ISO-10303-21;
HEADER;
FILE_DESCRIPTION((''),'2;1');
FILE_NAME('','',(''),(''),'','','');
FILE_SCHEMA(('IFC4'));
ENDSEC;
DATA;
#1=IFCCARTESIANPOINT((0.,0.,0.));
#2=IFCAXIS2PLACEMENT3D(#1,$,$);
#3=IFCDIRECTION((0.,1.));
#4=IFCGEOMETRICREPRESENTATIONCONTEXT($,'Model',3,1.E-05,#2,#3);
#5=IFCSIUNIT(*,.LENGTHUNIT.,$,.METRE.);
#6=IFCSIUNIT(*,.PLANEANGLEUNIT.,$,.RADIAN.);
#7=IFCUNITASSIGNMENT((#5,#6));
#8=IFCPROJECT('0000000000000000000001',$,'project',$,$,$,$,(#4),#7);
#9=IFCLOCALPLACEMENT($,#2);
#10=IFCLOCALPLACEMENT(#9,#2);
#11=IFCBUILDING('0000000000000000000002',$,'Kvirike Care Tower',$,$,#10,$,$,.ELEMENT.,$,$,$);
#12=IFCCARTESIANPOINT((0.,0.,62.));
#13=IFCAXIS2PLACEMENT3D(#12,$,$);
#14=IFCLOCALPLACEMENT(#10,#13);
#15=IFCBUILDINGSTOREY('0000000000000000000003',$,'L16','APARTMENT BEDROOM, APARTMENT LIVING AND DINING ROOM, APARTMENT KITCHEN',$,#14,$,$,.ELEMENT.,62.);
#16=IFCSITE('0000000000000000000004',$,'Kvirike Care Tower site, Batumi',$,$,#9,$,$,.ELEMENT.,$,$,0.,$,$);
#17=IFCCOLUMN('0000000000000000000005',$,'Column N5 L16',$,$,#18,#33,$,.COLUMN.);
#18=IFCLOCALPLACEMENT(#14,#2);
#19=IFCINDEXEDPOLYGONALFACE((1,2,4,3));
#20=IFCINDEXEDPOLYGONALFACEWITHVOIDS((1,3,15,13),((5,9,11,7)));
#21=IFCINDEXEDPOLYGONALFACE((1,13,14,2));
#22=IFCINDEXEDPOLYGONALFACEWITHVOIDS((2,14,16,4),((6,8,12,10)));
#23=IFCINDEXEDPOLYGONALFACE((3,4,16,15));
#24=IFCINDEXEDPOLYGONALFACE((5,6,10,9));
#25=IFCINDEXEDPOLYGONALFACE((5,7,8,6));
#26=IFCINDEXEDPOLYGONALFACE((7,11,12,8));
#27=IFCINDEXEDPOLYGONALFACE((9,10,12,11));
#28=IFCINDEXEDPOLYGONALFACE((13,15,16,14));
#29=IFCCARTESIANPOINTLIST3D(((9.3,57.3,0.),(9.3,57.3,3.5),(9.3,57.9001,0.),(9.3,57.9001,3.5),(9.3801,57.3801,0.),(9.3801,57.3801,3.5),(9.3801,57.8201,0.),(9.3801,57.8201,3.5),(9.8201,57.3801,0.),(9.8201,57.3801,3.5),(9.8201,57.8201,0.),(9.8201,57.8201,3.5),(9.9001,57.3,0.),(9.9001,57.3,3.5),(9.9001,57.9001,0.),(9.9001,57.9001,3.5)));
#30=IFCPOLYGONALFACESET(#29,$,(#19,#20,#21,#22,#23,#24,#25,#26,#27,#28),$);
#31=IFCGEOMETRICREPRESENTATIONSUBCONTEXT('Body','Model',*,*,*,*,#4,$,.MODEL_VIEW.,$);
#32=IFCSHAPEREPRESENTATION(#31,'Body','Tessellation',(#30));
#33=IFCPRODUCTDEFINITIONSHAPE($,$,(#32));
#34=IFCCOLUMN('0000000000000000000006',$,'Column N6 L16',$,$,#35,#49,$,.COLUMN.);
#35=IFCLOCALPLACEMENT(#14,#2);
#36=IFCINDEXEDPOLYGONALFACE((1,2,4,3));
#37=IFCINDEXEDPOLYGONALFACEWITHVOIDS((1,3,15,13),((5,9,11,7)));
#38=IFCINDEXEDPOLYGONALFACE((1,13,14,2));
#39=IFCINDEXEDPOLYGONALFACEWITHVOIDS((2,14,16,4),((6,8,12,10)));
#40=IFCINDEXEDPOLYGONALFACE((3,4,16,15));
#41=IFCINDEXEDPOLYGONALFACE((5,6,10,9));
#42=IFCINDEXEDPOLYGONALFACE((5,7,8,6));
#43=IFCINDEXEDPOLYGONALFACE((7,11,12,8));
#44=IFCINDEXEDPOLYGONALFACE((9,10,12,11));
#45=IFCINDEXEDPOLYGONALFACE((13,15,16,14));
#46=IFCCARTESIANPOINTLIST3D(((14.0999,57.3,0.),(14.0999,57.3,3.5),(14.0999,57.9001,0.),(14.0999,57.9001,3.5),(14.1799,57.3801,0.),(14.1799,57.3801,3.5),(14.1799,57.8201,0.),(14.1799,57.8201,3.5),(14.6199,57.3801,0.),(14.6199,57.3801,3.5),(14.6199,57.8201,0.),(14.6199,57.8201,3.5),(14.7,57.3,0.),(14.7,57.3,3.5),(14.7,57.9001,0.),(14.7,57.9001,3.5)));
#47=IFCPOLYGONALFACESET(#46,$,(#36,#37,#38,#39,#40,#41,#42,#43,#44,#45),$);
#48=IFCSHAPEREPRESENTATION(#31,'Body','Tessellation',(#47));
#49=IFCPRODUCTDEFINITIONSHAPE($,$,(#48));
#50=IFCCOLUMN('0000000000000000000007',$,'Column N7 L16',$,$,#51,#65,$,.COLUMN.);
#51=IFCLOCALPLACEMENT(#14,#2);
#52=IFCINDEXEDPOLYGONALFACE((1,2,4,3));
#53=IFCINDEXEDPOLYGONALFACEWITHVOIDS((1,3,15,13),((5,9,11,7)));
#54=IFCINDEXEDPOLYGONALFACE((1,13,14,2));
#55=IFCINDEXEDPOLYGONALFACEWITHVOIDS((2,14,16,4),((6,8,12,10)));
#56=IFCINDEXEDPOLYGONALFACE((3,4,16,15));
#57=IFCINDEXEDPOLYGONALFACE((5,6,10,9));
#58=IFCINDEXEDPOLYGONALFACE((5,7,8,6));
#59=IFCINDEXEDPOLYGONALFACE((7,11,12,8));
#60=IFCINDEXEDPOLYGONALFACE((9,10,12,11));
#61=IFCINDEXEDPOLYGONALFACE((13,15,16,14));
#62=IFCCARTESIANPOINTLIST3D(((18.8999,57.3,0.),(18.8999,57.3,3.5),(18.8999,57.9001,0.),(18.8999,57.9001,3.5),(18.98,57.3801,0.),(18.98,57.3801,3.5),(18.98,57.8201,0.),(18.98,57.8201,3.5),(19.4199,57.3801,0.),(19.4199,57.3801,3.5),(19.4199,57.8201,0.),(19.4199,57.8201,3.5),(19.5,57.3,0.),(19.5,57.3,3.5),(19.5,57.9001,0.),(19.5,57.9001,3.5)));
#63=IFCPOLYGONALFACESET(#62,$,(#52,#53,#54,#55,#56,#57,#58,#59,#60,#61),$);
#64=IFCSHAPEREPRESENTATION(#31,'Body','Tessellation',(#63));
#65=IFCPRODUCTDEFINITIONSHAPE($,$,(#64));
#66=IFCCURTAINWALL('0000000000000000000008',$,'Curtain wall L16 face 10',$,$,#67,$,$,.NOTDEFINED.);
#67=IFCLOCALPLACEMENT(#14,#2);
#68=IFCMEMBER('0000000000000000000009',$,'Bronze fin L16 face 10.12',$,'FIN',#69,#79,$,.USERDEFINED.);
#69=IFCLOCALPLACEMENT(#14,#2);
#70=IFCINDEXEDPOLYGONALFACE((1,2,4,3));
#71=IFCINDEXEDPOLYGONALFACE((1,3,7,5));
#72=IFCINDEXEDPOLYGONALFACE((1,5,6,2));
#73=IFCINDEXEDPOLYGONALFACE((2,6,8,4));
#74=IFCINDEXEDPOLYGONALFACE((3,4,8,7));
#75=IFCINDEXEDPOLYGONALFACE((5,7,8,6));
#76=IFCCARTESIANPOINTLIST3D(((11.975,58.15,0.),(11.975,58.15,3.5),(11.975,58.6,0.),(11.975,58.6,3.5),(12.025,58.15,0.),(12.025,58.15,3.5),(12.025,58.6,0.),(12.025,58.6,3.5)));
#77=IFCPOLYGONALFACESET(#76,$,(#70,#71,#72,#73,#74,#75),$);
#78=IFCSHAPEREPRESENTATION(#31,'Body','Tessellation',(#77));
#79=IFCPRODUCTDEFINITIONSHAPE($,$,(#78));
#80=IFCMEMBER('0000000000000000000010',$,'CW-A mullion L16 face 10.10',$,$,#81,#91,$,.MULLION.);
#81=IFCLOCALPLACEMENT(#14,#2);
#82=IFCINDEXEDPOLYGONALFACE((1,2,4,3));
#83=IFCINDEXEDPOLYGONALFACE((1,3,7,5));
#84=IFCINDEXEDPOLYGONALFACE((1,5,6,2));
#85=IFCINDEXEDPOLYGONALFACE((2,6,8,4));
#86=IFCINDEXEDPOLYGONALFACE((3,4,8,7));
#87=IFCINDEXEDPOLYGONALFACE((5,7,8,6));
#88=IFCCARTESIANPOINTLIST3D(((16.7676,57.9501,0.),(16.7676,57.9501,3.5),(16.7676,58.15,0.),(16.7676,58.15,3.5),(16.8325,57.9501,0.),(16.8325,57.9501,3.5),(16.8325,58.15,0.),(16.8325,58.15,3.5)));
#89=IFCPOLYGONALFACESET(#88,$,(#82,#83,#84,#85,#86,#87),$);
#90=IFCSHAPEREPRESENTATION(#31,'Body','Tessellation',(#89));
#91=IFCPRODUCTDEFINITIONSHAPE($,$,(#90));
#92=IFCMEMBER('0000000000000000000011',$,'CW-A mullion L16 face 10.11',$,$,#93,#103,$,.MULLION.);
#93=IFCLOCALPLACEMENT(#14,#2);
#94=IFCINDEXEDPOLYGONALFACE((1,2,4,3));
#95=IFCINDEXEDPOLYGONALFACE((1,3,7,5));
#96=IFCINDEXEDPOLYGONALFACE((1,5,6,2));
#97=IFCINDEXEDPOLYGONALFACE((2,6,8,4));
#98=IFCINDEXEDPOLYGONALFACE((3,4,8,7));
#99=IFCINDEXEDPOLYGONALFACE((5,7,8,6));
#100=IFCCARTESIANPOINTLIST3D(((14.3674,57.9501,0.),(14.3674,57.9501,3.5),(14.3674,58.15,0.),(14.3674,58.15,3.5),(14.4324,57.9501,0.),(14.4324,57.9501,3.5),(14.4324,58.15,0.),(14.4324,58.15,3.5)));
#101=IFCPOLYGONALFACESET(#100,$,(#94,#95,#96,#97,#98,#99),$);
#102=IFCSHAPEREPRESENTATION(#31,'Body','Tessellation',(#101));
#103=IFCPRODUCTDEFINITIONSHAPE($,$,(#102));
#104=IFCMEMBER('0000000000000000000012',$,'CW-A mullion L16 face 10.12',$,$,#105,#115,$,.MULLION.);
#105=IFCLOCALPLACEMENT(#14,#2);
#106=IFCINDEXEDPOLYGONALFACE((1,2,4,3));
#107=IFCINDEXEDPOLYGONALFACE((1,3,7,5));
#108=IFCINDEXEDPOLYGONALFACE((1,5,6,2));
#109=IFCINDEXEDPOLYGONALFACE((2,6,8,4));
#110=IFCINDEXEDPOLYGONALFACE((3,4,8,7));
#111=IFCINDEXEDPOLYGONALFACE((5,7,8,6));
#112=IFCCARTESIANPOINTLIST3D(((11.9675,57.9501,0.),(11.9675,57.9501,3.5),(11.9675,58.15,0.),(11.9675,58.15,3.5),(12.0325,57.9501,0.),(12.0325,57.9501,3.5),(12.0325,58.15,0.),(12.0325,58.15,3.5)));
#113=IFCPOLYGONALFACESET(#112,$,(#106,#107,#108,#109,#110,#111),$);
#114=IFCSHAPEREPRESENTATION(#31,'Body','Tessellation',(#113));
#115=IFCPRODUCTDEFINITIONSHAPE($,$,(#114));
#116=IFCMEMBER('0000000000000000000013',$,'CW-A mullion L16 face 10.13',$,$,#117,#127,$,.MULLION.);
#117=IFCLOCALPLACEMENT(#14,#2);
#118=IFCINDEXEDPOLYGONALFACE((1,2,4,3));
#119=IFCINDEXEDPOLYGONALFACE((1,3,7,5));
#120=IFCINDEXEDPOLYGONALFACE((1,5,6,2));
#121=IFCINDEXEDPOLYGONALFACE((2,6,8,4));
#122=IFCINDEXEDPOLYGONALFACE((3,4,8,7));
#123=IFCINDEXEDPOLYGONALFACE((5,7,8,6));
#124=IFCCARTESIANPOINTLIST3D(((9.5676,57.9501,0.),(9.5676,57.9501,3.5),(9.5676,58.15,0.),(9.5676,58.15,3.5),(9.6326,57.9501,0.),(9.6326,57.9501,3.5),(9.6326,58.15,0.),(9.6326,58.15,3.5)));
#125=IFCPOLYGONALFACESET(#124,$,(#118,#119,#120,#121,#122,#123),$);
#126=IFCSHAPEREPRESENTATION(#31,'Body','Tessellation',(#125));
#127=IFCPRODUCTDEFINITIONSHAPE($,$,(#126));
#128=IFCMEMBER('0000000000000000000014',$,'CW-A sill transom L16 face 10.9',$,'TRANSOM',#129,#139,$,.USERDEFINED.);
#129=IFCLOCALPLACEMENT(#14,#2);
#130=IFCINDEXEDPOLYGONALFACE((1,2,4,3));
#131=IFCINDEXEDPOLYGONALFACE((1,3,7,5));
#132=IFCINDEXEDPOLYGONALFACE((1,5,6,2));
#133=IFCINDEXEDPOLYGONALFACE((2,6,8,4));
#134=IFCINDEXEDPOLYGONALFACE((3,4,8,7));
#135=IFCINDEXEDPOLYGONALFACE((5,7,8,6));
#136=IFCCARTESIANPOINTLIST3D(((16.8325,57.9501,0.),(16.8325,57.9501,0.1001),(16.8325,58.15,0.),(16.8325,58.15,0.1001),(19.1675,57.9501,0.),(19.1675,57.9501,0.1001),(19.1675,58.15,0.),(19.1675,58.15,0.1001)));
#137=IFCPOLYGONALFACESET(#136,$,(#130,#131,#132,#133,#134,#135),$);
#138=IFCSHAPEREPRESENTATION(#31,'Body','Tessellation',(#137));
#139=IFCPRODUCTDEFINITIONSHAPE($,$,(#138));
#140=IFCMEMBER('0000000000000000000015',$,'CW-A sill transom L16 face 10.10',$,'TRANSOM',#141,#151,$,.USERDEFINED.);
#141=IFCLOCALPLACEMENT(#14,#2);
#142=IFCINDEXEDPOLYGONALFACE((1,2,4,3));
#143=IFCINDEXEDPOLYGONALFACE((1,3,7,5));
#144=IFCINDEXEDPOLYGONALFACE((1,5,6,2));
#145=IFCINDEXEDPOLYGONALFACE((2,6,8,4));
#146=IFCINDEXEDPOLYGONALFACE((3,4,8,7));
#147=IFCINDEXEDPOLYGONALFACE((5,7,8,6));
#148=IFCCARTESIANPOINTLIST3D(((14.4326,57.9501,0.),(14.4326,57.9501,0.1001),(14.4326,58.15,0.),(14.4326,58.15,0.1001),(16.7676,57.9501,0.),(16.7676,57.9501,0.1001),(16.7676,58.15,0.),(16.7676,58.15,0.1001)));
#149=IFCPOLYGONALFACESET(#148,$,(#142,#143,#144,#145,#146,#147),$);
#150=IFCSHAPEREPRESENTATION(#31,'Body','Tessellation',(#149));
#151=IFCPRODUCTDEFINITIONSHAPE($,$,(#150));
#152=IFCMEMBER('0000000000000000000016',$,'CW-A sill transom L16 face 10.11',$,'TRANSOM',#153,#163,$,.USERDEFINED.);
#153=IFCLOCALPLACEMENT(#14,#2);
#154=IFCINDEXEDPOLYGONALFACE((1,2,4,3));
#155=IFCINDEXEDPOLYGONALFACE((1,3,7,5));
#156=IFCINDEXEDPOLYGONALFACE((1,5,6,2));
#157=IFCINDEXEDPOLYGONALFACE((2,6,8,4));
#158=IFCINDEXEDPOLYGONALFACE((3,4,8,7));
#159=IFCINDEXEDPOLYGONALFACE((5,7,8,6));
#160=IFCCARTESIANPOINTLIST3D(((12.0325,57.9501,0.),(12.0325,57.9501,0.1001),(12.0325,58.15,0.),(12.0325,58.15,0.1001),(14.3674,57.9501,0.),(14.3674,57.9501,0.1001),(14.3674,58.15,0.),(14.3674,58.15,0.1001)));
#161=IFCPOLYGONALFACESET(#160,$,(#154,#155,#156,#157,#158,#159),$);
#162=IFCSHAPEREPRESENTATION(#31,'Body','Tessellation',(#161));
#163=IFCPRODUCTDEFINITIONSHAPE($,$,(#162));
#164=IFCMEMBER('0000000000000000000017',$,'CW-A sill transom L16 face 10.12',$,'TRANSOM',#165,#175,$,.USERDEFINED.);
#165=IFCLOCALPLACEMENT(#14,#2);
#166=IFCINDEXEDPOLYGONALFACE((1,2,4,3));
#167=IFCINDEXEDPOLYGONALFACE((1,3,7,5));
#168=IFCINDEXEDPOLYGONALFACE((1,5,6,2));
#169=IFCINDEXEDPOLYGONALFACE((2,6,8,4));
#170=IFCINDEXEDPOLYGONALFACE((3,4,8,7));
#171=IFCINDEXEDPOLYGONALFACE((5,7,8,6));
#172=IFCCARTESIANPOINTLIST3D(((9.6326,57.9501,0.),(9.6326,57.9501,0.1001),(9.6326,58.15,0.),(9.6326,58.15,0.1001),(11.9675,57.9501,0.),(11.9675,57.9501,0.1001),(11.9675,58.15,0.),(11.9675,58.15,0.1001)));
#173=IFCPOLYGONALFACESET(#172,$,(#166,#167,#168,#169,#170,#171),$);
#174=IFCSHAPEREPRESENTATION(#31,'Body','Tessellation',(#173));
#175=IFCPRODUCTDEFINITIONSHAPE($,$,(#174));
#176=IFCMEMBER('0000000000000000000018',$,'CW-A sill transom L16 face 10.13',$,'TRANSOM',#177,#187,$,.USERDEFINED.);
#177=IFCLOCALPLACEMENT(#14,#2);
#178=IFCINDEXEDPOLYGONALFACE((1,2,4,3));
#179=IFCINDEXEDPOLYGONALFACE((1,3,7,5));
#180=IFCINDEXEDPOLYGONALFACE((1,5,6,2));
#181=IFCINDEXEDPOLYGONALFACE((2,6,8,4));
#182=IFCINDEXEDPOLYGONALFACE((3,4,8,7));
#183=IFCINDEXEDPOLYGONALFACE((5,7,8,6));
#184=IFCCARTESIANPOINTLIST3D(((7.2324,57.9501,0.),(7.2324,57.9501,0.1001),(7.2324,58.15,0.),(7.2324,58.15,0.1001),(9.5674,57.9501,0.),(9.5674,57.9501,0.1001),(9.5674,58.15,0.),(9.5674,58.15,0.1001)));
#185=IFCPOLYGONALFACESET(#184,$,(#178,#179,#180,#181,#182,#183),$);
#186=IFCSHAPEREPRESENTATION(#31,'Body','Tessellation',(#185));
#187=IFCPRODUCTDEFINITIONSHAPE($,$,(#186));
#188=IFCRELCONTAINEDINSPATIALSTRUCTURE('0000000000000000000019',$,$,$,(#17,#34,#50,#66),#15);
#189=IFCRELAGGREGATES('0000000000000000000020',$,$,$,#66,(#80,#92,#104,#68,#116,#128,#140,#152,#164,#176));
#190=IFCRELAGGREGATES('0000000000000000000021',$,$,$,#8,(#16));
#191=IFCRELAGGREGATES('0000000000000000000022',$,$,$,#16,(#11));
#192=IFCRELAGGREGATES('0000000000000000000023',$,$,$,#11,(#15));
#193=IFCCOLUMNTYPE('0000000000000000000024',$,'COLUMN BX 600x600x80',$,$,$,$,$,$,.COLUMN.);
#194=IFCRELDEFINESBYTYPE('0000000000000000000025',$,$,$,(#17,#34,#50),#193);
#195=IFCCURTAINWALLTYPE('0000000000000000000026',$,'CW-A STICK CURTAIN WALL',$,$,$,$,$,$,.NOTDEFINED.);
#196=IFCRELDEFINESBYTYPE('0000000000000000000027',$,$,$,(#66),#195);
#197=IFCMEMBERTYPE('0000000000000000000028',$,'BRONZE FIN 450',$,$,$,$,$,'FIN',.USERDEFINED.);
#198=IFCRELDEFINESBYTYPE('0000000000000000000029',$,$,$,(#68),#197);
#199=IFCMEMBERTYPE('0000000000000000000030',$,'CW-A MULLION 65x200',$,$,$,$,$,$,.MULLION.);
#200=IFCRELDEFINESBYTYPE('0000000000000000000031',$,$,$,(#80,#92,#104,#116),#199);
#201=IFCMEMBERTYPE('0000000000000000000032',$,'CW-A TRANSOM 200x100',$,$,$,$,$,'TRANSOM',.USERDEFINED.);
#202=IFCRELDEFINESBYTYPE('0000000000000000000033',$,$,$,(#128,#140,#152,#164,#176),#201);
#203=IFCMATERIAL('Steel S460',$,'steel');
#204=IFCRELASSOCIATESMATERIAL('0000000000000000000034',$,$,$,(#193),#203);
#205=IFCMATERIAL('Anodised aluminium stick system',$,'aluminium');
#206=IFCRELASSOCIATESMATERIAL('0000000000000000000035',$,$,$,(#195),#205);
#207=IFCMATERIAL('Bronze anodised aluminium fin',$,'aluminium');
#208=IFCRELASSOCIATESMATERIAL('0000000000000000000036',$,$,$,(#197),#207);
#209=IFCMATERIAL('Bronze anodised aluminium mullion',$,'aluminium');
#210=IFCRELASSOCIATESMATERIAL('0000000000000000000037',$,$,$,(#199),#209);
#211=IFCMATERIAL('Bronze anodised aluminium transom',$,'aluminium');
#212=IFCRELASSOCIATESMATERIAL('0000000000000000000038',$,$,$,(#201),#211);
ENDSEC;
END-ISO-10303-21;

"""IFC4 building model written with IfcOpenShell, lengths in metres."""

from ifc_helpers import new_model, si_unit, direction, frame, origin, origin_2d, place, context, subcontext, project, spatial, rectangle, hollow_rectangle, extrude, material, material_profile, profile_set, type_object, element, aggregate, save


model = new_model("IFC4")

# Units and contexts
model_context = context("Model", 3, precision=1e-05, world=origin(), true_north=direction((0.0, 1.0)))
body_context = subcontext(model_context, "Body", "Model", "MODEL_VIEW")
ifc_project = project(units=[si_unit("LENGTHUNIT", "METRE"), si_unit("PLANEANGLEUNIT", "RADIAN")], contexts=[model_context])

# Site, building, storey
site_placement = place(None, origin())
site = spatial("IfcSite", under=ifc_project, at=site_placement, Name="Kvirike Care Tower site, Batumi", CompositionType="ELEMENT", RefElevation=0.0)
building_placement = place(site_placement, origin())
building = spatial("IfcBuilding", under=site, at=building_placement, Name="Kvirike Care Tower", CompositionType="ELEMENT")
storey_placement = place(building_placement, frame((0.0, 0.0, 62.0)))
storey = spatial("IfcBuildingStorey", under=building, at=storey_placement, Name="L16", Description="APARTMENT BEDROOM, APARTMENT LIVING AND DINING ROOM, APARTMENT KITCHEN", CompositionType="ELEMENT", Elevation=62.0)

# Columns
ifc_material_1 = material(Name="Steel S460", Category="steel")
ifc_material_profile_1 = material_profile(ifc_material_1, hollow_rectangle(XDim=0.6001, YDim=0.6001, WallThickness=0.0801, at=origin_2d()), Name="BX 600x600x80")
ifc_profile_set_1 = profile_set([ifc_material_profile_1], Name="Steel S460")
column_type = type_object("IfcColumnType", Name="COLUMN BX 600x600x80", PredefinedType="COLUMN", material=ifc_profile_set_1)
for number, where, z_axis, x_axis, name in (
    (1, (9.6001, 57.6001, 0.0), (0.0, 0.0, 1.0), (0.0, 1.0, 0.0), "Column N5 L16"),
    (2, (14.3999, 57.6001, 0.0), (0.0, 0.0, 1.0), (0.0, 1.0, 0.0), "Column N6 L16"),
    (3, (19.2, 57.6001, 0.0), (0.0, 0.0, 1.0), (0.0, 1.0, 0.0), "Column N7 L16"),
):
    element("IfcColumn", number, at=place(storey_placement, frame(where, z_axis=z_axis, x_axis=x_axis)), inside=storey, type_object=column_type, Name=name, PredefinedType="COLUMN", context=body_context, shape_type="SweptSolid", body=[
        extrude(hollow_rectangle(XDim=0.6001, YDim=0.6001, WallThickness=0.0801, at=origin_2d()), origin(), (0.0, 0.0, 1.0), 3.5),
    ])

# Curtain wall, members
ifc_material_2 = material(Name="Anodised aluminium stick system", Category="aluminium")
curtain_wall_type = type_object("IfcCurtainWallType", Name="CW-A STICK CURTAIN WALL", PredefinedType="NOTDEFINED", material=ifc_material_2)
curtain_wall_placement = place(storey_placement, origin())
curtain_wall = element("IfcCurtainWall", 4, at=curtain_wall_placement, inside=storey, type_object=curtain_wall_type, Name="Curtain wall L16 face 10", PredefinedType="NOTDEFINED")
ifc_material_3 = material(Name="Bronze anodised aluminium fin", Category="aluminium")
ifc_material_profile_2 = material_profile(ifc_material_3, rectangle(XDim=0.05, YDim=0.45, at=origin_2d()), Name="BRONZE FIN 450")
ifc_profile_set_2 = profile_set([ifc_material_profile_2], Name="Bronze anodised aluminium fin")
member_type_1 = type_object("IfcMemberType", Name="BRONZE FIN 450", ElementType="FIN", PredefinedType="USERDEFINED", material=ifc_profile_set_2)
member_1_placement = place(storey_placement, frame((12.0, 58.375, 0.0), z_axis=(0.0, 0.0, 1.0), x_axis=(-1.0, 0.0, 0.0)))
member_1 = element("IfcMember", 5, at=member_1_placement, type_object=member_type_1, Name="Bronze fin L16 face 10.12", ObjectType="FIN", PredefinedType="USERDEFINED", context=body_context, shape_type="SweptSolid", body=[
    extrude(rectangle(XDim=0.05, YDim=0.45, at=origin_2d()), origin(), (0.0, 0.0, 1.0), 3.5),
])
ifc_material_4 = material(Name="Bronze anodised aluminium mullion", Category="aluminium")
ifc_material_profile_3 = material_profile(ifc_material_4, rectangle(XDim=0.0649, YDim=0.2, at=origin_2d()), Name="CW-A MULLION 65x200")
ifc_profile_set_3 = profile_set([ifc_material_profile_3], Name="Bronze anodised aluminium mullion")
member_type_2 = type_object("IfcMemberType", Name="CW-A MULLION 65x200", PredefinedType="MULLION", material=ifc_profile_set_3)
member_2_placement = place(storey_placement, frame((16.8, 58.05, 0.0), z_axis=(0.0, 0.0, 1.0), x_axis=(-1.0, 0.0, 0.0)))
member_2 = element("IfcMember", 6, at=member_2_placement, type_object=member_type_2, Name="CW-A mullion L16 face 10.10", PredefinedType="MULLION", context=body_context, shape_type="SweptSolid", body=[
    extrude(rectangle(XDim=0.0649, YDim=0.2, at=origin_2d()), origin(), (0.0, 0.0, 1.0), 3.5),
])
member_3_placement = place(storey_placement, frame((14.3999, 58.05, 0.0), z_axis=(0.0, 0.0, 1.0), x_axis=(-1.0, 0.0, 0.0)))
member_3 = element("IfcMember", 7, at=member_3_placement, type_object=member_type_2, Name="CW-A mullion L16 face 10.11", PredefinedType="MULLION", context=body_context, shape_type="SweptSolid", body=[
    extrude(rectangle(XDim=0.0649, YDim=0.2, at=origin_2d()), origin(), (0.0, 0.0, 1.0), 3.5),
])
member_4_placement = place(storey_placement, frame((12.0, 58.05, 0.0), z_axis=(0.0, 0.0, 1.0), x_axis=(-1.0, 0.0, 0.0)))
member_4 = element("IfcMember", 8, at=member_4_placement, type_object=member_type_2, Name="CW-A mullion L16 face 10.12", PredefinedType="MULLION", context=body_context, shape_type="SweptSolid", body=[
    extrude(rectangle(XDim=0.0649, YDim=0.2, at=origin_2d()), origin(), (0.0, 0.0, 1.0), 3.5),
])
member_5_placement = place(storey_placement, frame((9.6001, 58.05, 0.0), z_axis=(0.0, 0.0, 1.0), x_axis=(-1.0, 0.0, 0.0)))
member_5 = element("IfcMember", 9, at=member_5_placement, type_object=member_type_2, Name="CW-A mullion L16 face 10.13", PredefinedType="MULLION", context=body_context, shape_type="SweptSolid", body=[
    extrude(rectangle(XDim=0.0649, YDim=0.2, at=origin_2d()), origin(), (0.0, 0.0, 1.0), 3.5),
])
ifc_material_5 = material(Name="Bronze anodised aluminium transom", Category="aluminium")
ifc_material_profile_4 = material_profile(ifc_material_5, rectangle(XDim=0.2, YDim=0.1001, at=origin_2d()), Name="CW-A TRANSOM 200x100")
ifc_profile_set_4 = profile_set([ifc_material_profile_4], Name="Bronze anodised aluminium transom")
member_type_3 = type_object("IfcMemberType", Name="CW-A TRANSOM 200x100", ElementType="TRANSOM", PredefinedType="USERDEFINED", material=ifc_profile_set_4)
member_6_placement = place(storey_placement, frame((19.1675, 58.05, 0.05), z_axis=(-1.0, 0.0, 0.0), x_axis=(0.0, -1.0, 0.0)))
member_6 = element("IfcMember", 10, at=member_6_placement, type_object=member_type_3, Name="CW-A sill transom L16 face 10.9", ObjectType="TRANSOM", PredefinedType="USERDEFINED", context=body_context, shape_type="SweptSolid", body=[
    extrude(rectangle(XDim=0.2, YDim=0.1001, at=origin_2d()), origin(), (0.0, 0.0, 1.0), 2.335),
])
member_7_placement = place(storey_placement, frame((16.7676, 58.05, 0.05), z_axis=(-1.0, 0.0, 0.0), x_axis=(0.0, -1.0, 0.0)))
member_7 = element("IfcMember", 11, at=member_7_placement, type_object=member_type_3, Name="CW-A sill transom L16 face 10.10", ObjectType="TRANSOM", PredefinedType="USERDEFINED", context=body_context, shape_type="SweptSolid", body=[
    extrude(rectangle(XDim=0.2, YDim=0.1001, at=origin_2d()), origin(), (0.0, 0.0, 1.0), 2.335),
])
member_8_placement = place(storey_placement, frame((14.3674, 58.05, 0.05), z_axis=(-1.0, 0.0, 0.0), x_axis=(0.0, -1.0, 0.0)))
member_8 = element("IfcMember", 12, at=member_8_placement, type_object=member_type_3, Name="CW-A sill transom L16 face 10.11", ObjectType="TRANSOM", PredefinedType="USERDEFINED", context=body_context, shape_type="SweptSolid", body=[
    extrude(rectangle(XDim=0.2, YDim=0.1001, at=origin_2d()), origin(), (0.0, 0.0, 1.0), 2.335),
])
member_9_placement = place(storey_placement, frame((11.9675, 58.05, 0.05), z_axis=(-1.0, 0.0, 0.0), x_axis=(0.0, -1.0, 0.0)))
member_9 = element("IfcMember", 13, at=member_9_placement, type_object=member_type_3, Name="CW-A sill transom L16 face 10.12", ObjectType="TRANSOM", PredefinedType="USERDEFINED", context=body_context, shape_type="SweptSolid", body=[
    extrude(rectangle(XDim=0.2, YDim=0.1001, at=origin_2d()), origin(), (0.0, 0.0, 1.0), 2.335),
])
member_10_placement = place(storey_placement, frame((9.5674, 58.05, 0.05), z_axis=(-1.0, 0.0, 0.0), x_axis=(0.0, -1.0, 0.0)))
member_10 = element("IfcMember", 14, at=member_10_placement, type_object=member_type_3, Name="CW-A sill transom L16 face 10.13", ObjectType="TRANSOM", PredefinedType="USERDEFINED", context=body_context, shape_type="SweptSolid", body=[
    extrude(rectangle(XDim=0.2, YDim=0.1001, at=origin_2d()), origin(), (0.0, 0.0, 1.0), 2.335),
])

aggregate(curtain_wall, [member_2, member_3, member_4, member_1, member_5, member_6, member_7, member_8, member_9, member_10])

save(model, "model.ifc")
